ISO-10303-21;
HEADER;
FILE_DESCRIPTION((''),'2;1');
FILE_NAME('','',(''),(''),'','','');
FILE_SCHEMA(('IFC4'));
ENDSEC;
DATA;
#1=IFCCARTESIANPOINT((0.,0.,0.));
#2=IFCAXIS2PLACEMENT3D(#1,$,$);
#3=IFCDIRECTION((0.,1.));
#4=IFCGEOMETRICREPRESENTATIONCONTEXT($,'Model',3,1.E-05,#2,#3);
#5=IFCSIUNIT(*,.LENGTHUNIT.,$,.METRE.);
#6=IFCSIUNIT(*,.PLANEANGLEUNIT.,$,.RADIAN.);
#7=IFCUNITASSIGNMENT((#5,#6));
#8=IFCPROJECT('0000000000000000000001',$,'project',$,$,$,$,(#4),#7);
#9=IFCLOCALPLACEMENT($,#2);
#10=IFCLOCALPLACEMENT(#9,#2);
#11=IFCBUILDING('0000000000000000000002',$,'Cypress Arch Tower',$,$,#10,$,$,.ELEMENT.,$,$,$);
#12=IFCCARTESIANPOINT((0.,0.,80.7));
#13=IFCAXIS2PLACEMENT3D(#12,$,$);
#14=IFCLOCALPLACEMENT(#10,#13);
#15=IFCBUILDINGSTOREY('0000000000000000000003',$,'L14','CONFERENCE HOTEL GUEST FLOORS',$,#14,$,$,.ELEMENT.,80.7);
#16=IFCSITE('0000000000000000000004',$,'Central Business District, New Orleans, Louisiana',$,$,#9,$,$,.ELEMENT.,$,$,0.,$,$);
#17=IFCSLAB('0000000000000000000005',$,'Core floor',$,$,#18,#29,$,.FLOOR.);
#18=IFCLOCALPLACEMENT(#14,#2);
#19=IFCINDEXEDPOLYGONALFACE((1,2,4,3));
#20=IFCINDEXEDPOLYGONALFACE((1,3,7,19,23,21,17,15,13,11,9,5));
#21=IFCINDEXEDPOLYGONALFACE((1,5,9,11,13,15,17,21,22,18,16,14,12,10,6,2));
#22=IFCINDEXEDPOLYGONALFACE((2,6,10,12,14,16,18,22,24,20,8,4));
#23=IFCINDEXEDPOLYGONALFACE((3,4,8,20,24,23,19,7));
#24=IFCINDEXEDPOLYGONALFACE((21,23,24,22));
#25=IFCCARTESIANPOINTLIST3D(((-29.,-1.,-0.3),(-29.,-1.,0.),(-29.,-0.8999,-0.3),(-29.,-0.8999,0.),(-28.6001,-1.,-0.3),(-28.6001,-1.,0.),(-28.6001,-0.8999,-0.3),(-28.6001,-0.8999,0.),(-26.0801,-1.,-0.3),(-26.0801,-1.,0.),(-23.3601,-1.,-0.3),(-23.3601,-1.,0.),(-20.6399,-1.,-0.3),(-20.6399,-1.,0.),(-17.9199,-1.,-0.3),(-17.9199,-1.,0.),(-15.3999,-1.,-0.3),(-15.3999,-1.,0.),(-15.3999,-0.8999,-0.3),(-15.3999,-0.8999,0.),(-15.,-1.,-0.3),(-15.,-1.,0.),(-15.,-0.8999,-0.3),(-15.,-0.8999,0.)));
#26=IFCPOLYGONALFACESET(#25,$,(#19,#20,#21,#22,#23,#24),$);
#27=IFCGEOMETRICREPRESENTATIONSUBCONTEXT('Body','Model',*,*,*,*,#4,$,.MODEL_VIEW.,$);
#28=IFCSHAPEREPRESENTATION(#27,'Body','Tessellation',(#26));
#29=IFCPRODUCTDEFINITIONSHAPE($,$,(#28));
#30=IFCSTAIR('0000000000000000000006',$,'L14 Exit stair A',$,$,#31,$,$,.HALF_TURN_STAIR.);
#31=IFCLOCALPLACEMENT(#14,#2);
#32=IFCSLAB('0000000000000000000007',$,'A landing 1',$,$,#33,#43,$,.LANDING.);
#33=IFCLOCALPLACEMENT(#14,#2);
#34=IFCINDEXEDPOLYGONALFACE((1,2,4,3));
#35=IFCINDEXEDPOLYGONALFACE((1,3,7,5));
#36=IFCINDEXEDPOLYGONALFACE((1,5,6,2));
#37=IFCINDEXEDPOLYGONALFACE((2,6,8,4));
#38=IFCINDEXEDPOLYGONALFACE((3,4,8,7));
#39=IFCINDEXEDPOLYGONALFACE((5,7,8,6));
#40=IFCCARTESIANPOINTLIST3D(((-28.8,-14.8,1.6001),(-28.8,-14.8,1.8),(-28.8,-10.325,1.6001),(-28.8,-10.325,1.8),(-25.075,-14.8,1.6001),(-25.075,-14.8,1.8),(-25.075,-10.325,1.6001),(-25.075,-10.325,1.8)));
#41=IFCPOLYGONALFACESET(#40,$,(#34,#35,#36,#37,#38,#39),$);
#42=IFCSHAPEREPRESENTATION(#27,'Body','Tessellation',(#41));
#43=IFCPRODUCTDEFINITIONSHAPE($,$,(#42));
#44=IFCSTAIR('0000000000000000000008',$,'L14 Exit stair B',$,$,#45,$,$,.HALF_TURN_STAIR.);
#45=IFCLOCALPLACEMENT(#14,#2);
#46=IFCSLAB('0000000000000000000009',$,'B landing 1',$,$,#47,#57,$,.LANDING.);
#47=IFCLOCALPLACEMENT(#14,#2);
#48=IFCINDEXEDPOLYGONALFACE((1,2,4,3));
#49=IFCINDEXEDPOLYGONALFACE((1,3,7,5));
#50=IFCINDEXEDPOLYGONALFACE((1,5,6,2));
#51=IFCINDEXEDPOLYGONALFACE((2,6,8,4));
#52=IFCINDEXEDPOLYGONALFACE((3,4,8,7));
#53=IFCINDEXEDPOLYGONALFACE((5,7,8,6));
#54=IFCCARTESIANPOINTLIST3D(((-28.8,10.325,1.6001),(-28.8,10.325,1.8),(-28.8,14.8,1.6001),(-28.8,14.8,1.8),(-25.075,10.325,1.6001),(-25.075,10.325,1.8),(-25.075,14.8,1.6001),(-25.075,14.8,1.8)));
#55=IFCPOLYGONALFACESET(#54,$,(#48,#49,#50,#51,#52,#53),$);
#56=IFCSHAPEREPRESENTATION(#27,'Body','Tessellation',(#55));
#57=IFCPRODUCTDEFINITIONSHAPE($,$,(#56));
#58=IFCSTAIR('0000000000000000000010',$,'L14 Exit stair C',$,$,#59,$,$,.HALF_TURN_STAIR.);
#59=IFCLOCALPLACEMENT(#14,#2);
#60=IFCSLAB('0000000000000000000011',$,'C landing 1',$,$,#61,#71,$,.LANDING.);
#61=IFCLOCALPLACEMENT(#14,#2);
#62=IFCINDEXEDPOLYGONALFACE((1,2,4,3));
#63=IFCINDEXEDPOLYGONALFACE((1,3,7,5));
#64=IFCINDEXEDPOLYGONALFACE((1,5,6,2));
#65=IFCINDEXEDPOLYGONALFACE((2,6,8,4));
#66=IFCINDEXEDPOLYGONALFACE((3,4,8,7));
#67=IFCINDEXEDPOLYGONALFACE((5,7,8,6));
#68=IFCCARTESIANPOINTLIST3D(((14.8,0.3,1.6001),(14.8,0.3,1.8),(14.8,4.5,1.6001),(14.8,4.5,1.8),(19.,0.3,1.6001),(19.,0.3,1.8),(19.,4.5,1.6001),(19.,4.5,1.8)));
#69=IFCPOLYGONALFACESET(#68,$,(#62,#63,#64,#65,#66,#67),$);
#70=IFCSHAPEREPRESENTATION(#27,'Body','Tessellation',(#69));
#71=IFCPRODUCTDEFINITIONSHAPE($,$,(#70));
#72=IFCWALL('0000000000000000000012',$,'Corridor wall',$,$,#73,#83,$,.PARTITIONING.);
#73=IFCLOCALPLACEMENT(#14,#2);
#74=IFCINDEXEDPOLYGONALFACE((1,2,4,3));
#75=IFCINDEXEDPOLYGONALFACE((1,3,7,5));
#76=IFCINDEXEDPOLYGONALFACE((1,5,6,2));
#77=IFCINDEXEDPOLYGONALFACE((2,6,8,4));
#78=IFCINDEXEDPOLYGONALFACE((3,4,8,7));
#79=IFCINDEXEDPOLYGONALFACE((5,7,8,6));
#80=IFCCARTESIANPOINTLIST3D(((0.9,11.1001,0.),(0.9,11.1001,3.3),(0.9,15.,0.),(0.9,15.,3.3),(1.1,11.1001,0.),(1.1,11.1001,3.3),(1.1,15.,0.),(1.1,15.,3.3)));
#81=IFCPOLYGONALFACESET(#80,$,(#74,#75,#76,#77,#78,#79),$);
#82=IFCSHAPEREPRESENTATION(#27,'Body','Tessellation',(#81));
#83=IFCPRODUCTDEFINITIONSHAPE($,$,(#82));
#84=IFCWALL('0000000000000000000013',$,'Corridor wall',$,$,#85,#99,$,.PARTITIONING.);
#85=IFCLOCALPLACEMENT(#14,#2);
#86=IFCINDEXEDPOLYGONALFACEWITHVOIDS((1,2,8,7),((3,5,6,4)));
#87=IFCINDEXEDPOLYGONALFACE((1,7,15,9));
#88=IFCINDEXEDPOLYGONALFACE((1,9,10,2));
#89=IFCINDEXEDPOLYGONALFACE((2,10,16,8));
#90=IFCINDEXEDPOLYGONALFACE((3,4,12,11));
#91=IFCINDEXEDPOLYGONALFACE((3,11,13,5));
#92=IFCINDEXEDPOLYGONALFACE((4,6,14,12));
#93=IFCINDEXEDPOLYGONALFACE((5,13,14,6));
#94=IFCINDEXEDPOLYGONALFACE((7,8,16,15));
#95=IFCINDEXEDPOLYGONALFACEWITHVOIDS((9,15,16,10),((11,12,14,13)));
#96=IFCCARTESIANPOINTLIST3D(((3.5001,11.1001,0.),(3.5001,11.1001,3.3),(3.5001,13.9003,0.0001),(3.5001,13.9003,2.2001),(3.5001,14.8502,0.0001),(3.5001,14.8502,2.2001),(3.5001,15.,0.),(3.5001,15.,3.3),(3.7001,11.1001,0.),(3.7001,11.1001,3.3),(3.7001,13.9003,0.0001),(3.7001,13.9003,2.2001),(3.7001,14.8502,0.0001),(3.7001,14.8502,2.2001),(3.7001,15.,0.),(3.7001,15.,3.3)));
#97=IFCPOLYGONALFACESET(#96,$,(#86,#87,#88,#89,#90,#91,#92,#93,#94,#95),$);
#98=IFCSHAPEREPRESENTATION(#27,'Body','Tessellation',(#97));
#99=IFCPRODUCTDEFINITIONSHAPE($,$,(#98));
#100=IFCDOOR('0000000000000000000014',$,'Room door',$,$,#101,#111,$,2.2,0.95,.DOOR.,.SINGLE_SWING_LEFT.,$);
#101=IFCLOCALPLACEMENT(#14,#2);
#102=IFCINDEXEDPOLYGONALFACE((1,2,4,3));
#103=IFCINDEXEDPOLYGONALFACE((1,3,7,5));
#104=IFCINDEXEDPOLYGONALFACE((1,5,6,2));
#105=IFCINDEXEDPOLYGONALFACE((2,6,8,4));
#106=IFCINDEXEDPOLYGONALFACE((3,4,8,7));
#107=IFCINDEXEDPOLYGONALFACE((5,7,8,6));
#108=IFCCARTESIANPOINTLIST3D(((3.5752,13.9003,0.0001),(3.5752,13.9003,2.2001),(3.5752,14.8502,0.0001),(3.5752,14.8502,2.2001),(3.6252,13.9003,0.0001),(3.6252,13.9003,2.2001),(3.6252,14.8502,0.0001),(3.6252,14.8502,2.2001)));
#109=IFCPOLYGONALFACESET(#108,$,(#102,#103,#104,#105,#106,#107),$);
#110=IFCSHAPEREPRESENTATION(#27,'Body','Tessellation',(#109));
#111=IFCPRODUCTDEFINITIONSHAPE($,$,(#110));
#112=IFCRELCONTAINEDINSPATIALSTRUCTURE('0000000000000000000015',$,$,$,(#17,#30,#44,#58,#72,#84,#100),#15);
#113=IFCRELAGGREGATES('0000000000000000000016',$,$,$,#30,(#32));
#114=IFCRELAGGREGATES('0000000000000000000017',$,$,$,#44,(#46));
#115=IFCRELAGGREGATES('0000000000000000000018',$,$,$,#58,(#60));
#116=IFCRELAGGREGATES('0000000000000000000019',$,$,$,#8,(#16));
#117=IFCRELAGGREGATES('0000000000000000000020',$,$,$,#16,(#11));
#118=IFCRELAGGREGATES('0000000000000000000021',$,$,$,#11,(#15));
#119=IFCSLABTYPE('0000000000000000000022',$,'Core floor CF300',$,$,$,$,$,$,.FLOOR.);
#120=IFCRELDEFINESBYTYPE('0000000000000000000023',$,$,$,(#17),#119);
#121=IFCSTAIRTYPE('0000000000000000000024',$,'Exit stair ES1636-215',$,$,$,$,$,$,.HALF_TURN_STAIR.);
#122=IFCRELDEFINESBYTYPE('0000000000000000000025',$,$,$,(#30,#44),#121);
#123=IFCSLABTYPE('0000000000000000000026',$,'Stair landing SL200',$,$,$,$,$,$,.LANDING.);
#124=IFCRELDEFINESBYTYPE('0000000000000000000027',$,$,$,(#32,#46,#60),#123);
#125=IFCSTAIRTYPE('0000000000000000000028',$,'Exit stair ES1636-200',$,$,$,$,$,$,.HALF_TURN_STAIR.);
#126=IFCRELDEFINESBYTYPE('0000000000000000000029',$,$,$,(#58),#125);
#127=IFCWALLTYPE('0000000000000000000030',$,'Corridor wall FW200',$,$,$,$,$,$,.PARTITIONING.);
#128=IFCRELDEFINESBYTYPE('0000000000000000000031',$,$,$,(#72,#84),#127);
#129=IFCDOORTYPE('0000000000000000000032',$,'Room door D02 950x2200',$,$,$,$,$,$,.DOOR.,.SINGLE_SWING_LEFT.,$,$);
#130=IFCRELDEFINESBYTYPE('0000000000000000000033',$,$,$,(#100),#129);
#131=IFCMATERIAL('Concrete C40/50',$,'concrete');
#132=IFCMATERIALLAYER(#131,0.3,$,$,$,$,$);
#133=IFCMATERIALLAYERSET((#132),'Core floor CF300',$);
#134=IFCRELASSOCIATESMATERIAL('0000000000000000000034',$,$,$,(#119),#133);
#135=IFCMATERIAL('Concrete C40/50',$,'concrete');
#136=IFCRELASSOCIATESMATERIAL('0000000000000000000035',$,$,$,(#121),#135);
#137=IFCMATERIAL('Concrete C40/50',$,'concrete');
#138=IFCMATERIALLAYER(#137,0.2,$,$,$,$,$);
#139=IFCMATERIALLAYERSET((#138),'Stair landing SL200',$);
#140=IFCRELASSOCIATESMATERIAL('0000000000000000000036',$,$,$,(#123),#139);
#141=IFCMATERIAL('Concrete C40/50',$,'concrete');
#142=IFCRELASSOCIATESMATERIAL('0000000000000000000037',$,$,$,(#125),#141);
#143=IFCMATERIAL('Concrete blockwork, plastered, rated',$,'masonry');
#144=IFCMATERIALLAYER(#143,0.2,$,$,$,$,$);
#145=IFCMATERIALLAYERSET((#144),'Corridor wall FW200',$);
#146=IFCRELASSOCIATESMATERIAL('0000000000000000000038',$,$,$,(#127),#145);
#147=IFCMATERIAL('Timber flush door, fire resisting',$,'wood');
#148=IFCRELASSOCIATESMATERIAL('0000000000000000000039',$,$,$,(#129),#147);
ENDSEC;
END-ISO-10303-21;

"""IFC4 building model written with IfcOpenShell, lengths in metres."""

from ifc_helpers import new_model, si_unit, direction, frame, frame_2d, origin, place, context, subcontext, project, spatial, polyline, rectangle, outline, extrude, material, layer, layer_set, type_object, element, fill, aggregate, save


model = new_model("IFC4")

# Units and contexts
model_context = context("Model", 3, precision=1e-05, world=origin(), true_north=direction((0.0, 1.0)))
body_context = subcontext(model_context, "Body", "Model", "MODEL_VIEW")
ifc_project = project(units=[si_unit("LENGTHUNIT", "METRE"), si_unit("PLANEANGLEUNIT", "RADIAN")], contexts=[model_context])

# Site, building, storey
site_placement = place(None, origin())
site = spatial("IfcSite", under=ifc_project, at=site_placement, Name="Central Business District, New Orleans, Louisiana", CompositionType="ELEMENT", RefElevation=0.0)
building_placement = place(site_placement, origin())
building = spatial("IfcBuilding", under=site, at=building_placement, Name="Cypress Arch Tower", CompositionType="ELEMENT")
storey_placement = place(building_placement, frame((0.0, 0.0, 80.7)))
storey = spatial("IfcBuildingStorey", under=building, at=storey_placement, Name="L14", Description="CONFERENCE HOTEL GUEST FLOORS", CompositionType="ELEMENT", Elevation=80.7)

# Slab
ifc_material_1 = material(Name="Concrete C40/50", Category="concrete")
ifc_layer_1 = layer(ifc_material_1, 0.3)
ifc_layer_set_1 = layer_set([ifc_layer_1], Name="Core floor CF300")
slab_type_1 = type_object("IfcSlabType", Name="Core floor CF300", PredefinedType="FLOOR", material=ifc_layer_set_1)
slab_1_placement = place(storey_placement, frame((0.0, 0.0, -0.3)))
element("IfcSlab", 1, at=slab_1_placement, inside=storey, type_object=slab_type_1, Name="Core floor", PredefinedType="FLOOR", context=body_context, shape_type="SweptSolid", body=[
    extrude(outline(polyline([(-20.6399, -1.0), (-23.3601, -1.0), (-26.0801, -1.0), (-28.6001, -1.0), (-29.0, -1.0), (-29.0, -0.8999), (-28.6001, -0.8999), (-15.3999, -0.8999), (-15.0, -0.8999), (-15.0, -1.0), (-15.3999, -1.0), (-17.9199, -1.0), (-20.6399, -1.0)])), origin(), (0.0, 0.0, 1.0), 0.3),
])

# Stairs, slabs
ifc_material_2 = material(Name="Concrete C40/50", Category="concrete")
stair_type_1 = type_object("IfcStairType", Name="Exit stair ES1636-215", PredefinedType="HALF_TURN_STAIR", material=ifc_material_2)
stair_1_placement = place(storey_placement, origin())
stair_1 = element("IfcStair", 2, at=stair_1_placement, inside=storey, type_object=stair_type_1, Name="L14 Exit stair A", PredefinedType="HALF_TURN_STAIR")
ifc_material_3 = material(Name="Concrete C40/50", Category="concrete")
ifc_layer_2 = layer(ifc_material_3, 0.2)
ifc_layer_set_2 = layer_set([ifc_layer_2], Name="Stair landing SL200")
slab_type_2 = type_object("IfcSlabType", Name="Stair landing SL200", PredefinedType="LANDING", material=ifc_layer_set_2)
slab_2_placement = place(storey_placement, frame((0.0, 0.0, 1.6001)))
slab_2 = element("IfcSlab", 3, at=slab_2_placement, type_object=slab_type_2, Name="A landing 1", PredefinedType="LANDING", context=body_context, shape_type="SweptSolid", body=[
    extrude(outline(polyline([(-25.075, -10.325), (-28.8, -10.325), (-28.8, -14.8), (-25.075, -14.8), (-25.075, -10.325)])), origin(), (0.0, 0.0, 1.0), 0.2),
])
aggregate(stair_1, [slab_2])
stair_2_placement = place(storey_placement, origin())
stair_2 = element("IfcStair", 4, at=stair_2_placement, inside=storey, type_object=stair_type_1, Name="L14 Exit stair B", PredefinedType="HALF_TURN_STAIR")
slab_3_placement = place(storey_placement, frame((0.0, 0.0, 1.6001)))
slab_3 = element("IfcSlab", 5, at=slab_3_placement, type_object=slab_type_2, Name="B landing 1", PredefinedType="LANDING", context=body_context, shape_type="SweptSolid", body=[
    extrude(outline(polyline([(-25.075, 14.8), (-28.8, 14.8), (-28.8, 10.325), (-25.075, 10.325), (-25.075, 14.8)])), origin(), (0.0, 0.0, 1.0), 0.2),
])
aggregate(stair_2, [slab_3])
ifc_material_4 = material(Name="Concrete C40/50", Category="concrete")
stair_type_2 = type_object("IfcStairType", Name="Exit stair ES1636-200", PredefinedType="HALF_TURN_STAIR", material=ifc_material_4)
stair_3_placement = place(storey_placement, origin())
stair_3 = element("IfcStair", 6, at=stair_3_placement, inside=storey, type_object=stair_type_2, Name="L14 Exit stair C", PredefinedType="HALF_TURN_STAIR")
slab_4_placement = place(storey_placement, frame((0.0, 0.0, 1.6001)))
slab_4 = element("IfcSlab", 7, at=slab_4_placement, type_object=slab_type_2, Name="C landing 1", PredefinedType="LANDING", context=body_context, shape_type="SweptSolid", body=[
    extrude(outline(polyline([(19.0, 0.3), (19.0, 4.5), (14.8, 4.5), (14.8, 0.3), (19.0, 0.3)])), origin(), (0.0, 0.0, 1.0), 0.2),
])
aggregate(stair_3, [slab_4])

# Wall
ifc_material_5 = material(Name="Concrete blockwork, plastered, rated", Category="masonry")
ifc_layer_3 = layer(ifc_material_5, 0.2)
ifc_layer_set_3 = layer_set([ifc_layer_3], Name="Corridor wall FW200")
wall_type = type_object("IfcWallType", Name="Corridor wall FW200", PredefinedType="PARTITIONING", material=ifc_layer_set_3)
wall_1_placement = place(storey_placement, frame((1.0, 11.1001, 0.0), z_axis=(0.0, 0.0, 1.0), x_axis=(0.0, 1.0, 0.0)))
element("IfcWall", 8, at=wall_1_placement, inside=storey, type_object=wall_type, Name="Corridor wall", PredefinedType="PARTITIONING", context=body_context, shape_type="SweptSolid", body=[
    extrude(rectangle(XDim=3.8999, YDim=0.2, at=frame_2d((1.95, 0.0))), origin(), (0.0, 0.0, 1.0), 3.3),
])

# Wall, opening, door
wall_2_placement = place(storey_placement, frame((3.6001, 11.1001, 0.0), z_axis=(0.0, 0.0, 1.0), x_axis=(0.0, 1.0, 0.0)))
wall_2 = element("IfcWall", 9, at=wall_2_placement, inside=storey, type_object=wall_type, Name="Corridor wall", PredefinedType="PARTITIONING", context=body_context, shape_type="SweptSolid", body=[
    extrude(rectangle(XDim=3.8999, YDim=0.2, at=frame_2d((1.95, 0.0))), origin(), (0.0, 0.0, 1.0), 3.3),
])
opening_placement = place(wall_2_placement, frame((2.8, 0.0, 0.0)))
opening = element("IfcOpeningElement", 10, at=opening_placement, cuts=wall_2, PredefinedType="OPENING", context=body_context, shape_type="SweptSolid", body=[
    extrude(rectangle(XDim=0.95, YDim=2.2, at=frame_2d((0.4751, 1.1001))), frame((0.0, 0.1099, 0.0), z_axis=(0.0, -1.0, 0.0), x_axis=(1.0, 0.0, 0.0)), (0.0, 0.0, 1.0), 0.22),
])
ifc_material_6 = material(Name="Timber flush door, fire resisting", Category="wood")
door_type = type_object("IfcDoorType", Name="Room door D02 950x2200", OperationType="SINGLE_SWING_LEFT", PredefinedType="DOOR", material=ifc_material_6)
door_placement = place(opening_placement, origin())
door = element("IfcDoor", 11, at=door_placement, inside=storey, type_object=door_type, Name="Room door", OperationType="SINGLE_SWING_LEFT", OverallHeight=2.2, OverallWidth=0.95, PredefinedType="DOOR", context=body_context, shape_type="SweptSolid", body=[
    extrude(rectangle(XDim=0.95, YDim=2.2, at=frame_2d((0.4751, 1.1001))), frame((0.0, 0.0249, 0.0), z_axis=(0.0, -1.0, 0.0), x_axis=(1.0, 0.0, 0.0)), (0.0, 0.0, 1.0), 0.05),
])
fill(opening, door)

save(model, "model.ifc")
